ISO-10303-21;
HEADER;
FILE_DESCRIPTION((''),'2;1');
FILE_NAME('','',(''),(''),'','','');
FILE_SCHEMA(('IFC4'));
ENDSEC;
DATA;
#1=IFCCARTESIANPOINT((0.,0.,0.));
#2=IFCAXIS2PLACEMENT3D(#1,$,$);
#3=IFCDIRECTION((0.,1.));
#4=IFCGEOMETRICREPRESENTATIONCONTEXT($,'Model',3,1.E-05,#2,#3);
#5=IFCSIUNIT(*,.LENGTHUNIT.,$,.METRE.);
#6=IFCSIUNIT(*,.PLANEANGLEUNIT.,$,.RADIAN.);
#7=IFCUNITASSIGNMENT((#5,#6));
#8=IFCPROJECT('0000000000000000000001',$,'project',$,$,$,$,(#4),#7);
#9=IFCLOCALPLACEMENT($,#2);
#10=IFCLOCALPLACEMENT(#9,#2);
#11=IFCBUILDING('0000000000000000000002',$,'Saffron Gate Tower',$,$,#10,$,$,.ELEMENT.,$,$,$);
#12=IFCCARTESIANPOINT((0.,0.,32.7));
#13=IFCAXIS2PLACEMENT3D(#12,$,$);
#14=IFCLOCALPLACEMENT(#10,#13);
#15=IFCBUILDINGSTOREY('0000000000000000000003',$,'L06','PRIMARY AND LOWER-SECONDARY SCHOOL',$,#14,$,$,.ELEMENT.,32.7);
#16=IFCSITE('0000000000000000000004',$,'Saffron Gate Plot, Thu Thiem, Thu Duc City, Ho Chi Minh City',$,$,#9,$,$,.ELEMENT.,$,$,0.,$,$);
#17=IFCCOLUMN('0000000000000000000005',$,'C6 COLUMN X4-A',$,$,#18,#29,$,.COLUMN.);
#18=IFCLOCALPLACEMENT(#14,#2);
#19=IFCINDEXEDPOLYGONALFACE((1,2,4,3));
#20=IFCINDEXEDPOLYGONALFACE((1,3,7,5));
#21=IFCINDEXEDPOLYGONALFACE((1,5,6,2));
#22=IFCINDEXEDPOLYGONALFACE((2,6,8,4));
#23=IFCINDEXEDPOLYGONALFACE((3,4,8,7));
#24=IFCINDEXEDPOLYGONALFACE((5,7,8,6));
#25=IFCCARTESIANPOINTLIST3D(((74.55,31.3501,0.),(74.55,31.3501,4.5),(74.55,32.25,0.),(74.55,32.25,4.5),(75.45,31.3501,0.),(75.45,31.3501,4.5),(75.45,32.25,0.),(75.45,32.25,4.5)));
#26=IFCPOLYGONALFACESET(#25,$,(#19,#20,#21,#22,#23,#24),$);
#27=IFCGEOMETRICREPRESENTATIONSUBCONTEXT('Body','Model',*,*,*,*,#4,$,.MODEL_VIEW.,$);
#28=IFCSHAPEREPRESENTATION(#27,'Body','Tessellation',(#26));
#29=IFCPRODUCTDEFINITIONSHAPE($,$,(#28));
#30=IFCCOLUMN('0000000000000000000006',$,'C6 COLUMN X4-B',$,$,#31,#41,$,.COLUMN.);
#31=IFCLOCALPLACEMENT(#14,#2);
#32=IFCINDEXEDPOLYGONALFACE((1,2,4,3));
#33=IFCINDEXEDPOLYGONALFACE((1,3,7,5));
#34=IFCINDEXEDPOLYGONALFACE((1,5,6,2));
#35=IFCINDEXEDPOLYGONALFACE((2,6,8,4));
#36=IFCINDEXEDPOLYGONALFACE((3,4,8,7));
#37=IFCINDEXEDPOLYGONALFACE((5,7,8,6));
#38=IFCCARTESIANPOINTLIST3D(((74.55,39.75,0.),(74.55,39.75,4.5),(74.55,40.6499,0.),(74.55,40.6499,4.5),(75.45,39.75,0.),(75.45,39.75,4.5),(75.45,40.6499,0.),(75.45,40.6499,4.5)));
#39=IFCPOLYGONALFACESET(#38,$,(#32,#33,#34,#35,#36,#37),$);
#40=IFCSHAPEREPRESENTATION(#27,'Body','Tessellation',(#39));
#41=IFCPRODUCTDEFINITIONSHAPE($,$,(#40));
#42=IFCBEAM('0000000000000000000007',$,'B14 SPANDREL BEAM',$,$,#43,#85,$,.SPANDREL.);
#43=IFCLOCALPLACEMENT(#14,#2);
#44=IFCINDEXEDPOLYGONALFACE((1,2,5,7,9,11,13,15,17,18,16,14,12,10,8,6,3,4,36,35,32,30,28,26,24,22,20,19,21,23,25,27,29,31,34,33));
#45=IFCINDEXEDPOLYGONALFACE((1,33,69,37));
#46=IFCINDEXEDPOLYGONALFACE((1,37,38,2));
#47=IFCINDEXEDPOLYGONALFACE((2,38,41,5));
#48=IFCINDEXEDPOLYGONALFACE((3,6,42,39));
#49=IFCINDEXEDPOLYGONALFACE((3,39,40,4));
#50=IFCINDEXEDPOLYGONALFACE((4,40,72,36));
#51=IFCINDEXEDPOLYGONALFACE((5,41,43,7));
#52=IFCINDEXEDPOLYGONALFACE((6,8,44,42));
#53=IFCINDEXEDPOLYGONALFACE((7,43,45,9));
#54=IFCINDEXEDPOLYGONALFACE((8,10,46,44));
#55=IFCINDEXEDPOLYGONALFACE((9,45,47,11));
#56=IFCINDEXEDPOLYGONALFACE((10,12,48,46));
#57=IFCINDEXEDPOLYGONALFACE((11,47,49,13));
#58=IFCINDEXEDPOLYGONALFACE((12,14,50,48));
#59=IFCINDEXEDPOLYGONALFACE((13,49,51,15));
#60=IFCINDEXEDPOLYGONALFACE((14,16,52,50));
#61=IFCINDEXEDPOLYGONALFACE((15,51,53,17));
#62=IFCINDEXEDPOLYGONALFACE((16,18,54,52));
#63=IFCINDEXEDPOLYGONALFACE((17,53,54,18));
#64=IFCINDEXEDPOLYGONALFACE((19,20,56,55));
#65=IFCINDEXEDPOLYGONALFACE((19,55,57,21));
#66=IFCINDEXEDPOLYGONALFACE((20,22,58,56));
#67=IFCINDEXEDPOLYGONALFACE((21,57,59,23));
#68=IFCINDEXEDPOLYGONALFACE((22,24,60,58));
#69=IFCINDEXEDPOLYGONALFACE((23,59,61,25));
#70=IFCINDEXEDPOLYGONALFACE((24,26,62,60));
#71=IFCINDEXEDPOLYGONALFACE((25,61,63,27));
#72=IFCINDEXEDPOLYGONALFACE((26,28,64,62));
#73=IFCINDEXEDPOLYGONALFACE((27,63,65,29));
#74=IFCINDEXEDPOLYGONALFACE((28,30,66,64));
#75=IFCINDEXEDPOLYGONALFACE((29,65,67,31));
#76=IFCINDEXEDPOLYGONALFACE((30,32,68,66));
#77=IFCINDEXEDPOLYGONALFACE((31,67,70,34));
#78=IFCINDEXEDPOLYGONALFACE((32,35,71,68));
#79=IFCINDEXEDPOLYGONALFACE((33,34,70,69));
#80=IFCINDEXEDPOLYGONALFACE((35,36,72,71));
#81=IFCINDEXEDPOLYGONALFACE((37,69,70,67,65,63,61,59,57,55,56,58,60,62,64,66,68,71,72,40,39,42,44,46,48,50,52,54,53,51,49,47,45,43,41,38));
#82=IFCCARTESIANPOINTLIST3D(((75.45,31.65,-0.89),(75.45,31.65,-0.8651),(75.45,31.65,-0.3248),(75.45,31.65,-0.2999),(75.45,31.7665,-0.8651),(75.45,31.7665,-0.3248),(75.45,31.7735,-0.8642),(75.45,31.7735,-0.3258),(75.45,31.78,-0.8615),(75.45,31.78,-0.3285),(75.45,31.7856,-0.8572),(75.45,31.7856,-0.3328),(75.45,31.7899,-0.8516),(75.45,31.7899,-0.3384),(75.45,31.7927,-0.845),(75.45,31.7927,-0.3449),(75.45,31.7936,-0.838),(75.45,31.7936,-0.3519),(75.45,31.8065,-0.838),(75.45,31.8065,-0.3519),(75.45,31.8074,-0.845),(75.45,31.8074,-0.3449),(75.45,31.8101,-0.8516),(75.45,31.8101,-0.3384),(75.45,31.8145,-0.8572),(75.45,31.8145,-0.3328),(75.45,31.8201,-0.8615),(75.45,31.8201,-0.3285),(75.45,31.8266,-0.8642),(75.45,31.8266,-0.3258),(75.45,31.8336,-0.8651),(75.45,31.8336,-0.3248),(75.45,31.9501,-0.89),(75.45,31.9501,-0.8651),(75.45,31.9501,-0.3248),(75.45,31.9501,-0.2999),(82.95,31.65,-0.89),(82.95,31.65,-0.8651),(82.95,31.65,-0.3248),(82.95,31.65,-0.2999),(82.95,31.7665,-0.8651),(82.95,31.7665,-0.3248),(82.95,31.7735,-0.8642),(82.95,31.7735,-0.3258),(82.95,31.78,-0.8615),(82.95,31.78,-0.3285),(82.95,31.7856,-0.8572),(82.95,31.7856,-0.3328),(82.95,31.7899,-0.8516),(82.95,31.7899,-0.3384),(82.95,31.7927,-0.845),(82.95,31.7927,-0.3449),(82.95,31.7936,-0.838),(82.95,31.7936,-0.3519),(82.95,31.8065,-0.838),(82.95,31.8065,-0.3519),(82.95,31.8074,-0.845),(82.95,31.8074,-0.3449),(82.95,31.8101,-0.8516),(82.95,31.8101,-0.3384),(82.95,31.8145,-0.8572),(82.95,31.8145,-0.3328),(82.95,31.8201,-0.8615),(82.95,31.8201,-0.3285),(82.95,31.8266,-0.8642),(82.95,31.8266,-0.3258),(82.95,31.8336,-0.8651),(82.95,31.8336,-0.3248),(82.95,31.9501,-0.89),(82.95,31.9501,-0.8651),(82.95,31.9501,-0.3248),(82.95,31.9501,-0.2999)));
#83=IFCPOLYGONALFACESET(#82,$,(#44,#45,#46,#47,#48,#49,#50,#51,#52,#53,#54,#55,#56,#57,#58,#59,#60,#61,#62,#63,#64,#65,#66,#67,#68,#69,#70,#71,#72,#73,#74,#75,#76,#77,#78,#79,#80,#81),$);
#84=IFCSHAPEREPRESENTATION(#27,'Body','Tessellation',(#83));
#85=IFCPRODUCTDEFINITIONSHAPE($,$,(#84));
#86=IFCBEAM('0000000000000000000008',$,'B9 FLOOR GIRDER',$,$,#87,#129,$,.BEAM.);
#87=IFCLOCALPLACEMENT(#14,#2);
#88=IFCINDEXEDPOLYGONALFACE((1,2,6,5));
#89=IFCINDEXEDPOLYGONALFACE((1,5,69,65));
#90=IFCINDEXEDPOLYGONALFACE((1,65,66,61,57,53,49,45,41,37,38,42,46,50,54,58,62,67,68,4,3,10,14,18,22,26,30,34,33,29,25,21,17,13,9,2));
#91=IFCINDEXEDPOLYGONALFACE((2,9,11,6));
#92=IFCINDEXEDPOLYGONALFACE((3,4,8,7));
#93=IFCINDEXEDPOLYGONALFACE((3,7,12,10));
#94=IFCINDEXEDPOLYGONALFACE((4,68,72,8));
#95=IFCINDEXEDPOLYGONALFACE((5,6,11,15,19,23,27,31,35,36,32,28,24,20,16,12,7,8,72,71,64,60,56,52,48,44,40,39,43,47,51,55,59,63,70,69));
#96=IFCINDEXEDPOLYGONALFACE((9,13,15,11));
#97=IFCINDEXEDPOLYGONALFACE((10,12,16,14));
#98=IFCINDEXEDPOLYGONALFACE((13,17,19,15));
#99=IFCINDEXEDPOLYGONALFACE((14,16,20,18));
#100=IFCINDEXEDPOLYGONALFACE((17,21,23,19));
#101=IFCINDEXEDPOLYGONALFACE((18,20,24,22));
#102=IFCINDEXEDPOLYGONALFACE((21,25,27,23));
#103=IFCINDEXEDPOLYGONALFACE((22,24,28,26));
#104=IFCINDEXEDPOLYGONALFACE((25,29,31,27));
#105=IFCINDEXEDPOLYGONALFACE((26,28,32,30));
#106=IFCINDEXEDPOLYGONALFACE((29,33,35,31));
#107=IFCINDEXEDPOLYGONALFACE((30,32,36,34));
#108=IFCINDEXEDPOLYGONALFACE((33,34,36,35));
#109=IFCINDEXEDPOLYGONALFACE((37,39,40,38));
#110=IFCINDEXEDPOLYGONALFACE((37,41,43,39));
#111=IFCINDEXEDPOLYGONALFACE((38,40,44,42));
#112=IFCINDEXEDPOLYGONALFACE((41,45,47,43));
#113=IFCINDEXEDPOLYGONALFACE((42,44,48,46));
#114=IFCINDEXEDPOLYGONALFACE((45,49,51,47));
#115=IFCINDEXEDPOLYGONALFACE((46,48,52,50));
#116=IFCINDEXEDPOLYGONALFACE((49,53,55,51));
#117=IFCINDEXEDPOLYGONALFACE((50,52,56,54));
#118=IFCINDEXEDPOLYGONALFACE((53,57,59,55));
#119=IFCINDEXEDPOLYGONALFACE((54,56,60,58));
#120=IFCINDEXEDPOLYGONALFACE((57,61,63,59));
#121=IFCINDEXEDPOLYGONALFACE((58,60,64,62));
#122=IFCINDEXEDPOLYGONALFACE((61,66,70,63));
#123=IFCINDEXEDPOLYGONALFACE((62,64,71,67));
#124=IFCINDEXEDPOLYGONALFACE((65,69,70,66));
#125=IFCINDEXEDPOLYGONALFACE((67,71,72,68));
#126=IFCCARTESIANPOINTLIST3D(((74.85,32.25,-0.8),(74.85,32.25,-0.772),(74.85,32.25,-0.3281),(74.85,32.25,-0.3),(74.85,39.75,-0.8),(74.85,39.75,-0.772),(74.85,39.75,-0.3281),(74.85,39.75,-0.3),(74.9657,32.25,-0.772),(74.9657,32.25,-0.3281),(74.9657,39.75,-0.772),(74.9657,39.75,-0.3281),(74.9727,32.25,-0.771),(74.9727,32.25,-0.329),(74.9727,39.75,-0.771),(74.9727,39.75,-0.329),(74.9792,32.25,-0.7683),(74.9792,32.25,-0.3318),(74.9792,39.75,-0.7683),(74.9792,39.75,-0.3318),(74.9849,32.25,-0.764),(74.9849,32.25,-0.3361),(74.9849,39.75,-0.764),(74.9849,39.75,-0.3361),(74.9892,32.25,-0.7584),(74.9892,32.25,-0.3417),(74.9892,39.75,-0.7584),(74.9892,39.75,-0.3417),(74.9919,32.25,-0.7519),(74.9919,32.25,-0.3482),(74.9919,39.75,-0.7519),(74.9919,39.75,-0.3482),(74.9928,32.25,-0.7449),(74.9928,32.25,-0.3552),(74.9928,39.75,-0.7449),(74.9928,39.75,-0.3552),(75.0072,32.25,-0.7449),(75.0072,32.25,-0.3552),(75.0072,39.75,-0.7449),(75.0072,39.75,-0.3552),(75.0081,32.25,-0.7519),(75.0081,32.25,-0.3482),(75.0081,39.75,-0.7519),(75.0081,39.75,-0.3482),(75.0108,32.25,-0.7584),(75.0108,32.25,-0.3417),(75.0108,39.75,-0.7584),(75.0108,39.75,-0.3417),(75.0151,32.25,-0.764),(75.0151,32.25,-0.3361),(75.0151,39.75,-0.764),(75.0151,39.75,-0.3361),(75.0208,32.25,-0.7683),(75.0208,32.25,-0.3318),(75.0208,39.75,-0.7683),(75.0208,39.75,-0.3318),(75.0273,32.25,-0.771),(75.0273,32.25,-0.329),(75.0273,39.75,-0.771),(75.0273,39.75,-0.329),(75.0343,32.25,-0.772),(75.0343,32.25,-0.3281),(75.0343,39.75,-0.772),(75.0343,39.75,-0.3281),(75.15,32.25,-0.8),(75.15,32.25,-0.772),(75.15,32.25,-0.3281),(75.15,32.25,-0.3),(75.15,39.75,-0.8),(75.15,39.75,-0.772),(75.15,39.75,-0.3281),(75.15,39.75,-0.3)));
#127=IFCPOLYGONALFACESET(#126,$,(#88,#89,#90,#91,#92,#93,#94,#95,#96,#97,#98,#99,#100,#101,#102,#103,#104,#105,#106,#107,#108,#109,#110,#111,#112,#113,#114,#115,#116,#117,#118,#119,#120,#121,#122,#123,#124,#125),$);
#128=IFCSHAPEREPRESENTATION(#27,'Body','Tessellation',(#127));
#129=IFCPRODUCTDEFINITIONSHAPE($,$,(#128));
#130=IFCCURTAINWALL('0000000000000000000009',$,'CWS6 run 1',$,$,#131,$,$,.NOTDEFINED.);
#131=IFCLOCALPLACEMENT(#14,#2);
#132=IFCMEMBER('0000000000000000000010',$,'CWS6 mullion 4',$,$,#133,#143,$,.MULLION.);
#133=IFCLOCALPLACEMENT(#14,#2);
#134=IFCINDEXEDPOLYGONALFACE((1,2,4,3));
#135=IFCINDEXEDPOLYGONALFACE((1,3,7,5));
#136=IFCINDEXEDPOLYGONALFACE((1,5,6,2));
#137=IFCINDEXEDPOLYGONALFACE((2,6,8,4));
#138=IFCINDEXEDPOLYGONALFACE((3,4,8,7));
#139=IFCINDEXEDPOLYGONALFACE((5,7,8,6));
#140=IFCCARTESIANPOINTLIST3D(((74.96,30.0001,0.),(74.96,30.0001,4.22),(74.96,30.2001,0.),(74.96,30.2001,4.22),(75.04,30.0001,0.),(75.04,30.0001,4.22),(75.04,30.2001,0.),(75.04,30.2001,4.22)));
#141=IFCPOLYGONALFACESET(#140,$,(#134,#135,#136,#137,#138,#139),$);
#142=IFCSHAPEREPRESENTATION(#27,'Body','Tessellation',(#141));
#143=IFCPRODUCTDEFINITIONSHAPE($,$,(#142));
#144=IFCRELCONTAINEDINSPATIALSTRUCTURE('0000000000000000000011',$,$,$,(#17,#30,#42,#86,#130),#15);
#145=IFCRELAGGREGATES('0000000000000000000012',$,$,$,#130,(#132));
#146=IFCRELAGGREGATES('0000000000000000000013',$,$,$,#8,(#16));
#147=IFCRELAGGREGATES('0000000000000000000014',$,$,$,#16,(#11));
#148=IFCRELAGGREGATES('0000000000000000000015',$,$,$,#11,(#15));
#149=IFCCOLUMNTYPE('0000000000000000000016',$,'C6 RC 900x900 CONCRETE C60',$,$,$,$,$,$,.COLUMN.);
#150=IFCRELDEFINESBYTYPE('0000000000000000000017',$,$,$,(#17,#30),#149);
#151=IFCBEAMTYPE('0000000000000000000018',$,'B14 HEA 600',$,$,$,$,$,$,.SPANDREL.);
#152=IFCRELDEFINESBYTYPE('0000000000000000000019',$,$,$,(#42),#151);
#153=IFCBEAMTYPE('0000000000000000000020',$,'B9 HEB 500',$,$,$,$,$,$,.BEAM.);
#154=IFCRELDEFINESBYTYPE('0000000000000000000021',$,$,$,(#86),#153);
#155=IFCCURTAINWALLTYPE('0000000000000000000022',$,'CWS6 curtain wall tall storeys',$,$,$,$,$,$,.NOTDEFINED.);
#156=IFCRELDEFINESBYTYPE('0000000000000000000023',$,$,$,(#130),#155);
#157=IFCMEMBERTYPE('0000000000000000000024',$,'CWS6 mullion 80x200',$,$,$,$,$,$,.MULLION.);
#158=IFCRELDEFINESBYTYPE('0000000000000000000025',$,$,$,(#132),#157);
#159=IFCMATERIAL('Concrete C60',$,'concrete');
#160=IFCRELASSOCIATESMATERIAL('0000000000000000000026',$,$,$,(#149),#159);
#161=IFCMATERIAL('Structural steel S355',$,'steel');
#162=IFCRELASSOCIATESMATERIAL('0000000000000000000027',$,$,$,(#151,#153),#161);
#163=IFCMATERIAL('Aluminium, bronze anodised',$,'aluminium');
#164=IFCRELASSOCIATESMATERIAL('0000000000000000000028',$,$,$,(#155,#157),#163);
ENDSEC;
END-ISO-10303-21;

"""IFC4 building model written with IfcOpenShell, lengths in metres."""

from ifc_helpers import new_model, si_unit, direction, frame, origin, origin_2d, place, context, subcontext, project, spatial, rectangle, i_section, extrude, material, material_profile, profile_set, type_object, element, aggregate, save


model = new_model("IFC4")

# Units and contexts
model_context = context("Model", 3, precision=1e-05, world=origin(), true_north=direction((0.0, 1.0)))
body_context = subcontext(model_context, "Body", "Model", "MODEL_VIEW")
ifc_project = project(units=[si_unit("LENGTHUNIT", "METRE"), si_unit("PLANEANGLEUNIT", "RADIAN")], contexts=[model_context])

# Site, building, storey
site_placement = place(None, origin())
site = spatial("IfcSite", under=ifc_project, at=site_placement, Name="Saffron Gate Plot, Thu Thiem, Thu Duc City, Ho Chi Minh City", CompositionType="ELEMENT", RefElevation=0.0)
building_placement = place(site_placement, origin())
building = spatial("IfcBuilding", under=site, at=building_placement, Name="Saffron Gate Tower", CompositionType="ELEMENT")
storey_placement = place(building_placement, frame((0.0, 0.0, 32.7)))
storey = spatial("IfcBuildingStorey", under=building, at=storey_placement, Name="L06", Description="PRIMARY AND LOWER-SECONDARY SCHOOL", CompositionType="ELEMENT", Elevation=32.7)

# Columns
ifc_material_1 = material(Name="Concrete C60", Category="concrete")
ifc_material_profile_1 = material_profile(ifc_material_1, rectangle(XDim=0.8999, YDim=0.8999, at=origin_2d()))
ifc_profile_set_1 = profile_set([ifc_material_profile_1], Name="Concrete C60")
column_type = type_object("IfcColumnType", Name="C6 RC 900x900 CONCRETE C60", PredefinedType="COLUMN", material=ifc_profile_set_1)
for number, where, z_axis, x_axis, name in (
    (1, (75.0, 31.8, 0.0), (0.0, 0.0, 1.0), (1.0, 0.0, 0.0), "C6 COLUMN X4-A"),
    (2, (75.0, 40.2, 0.0), (0.0, 0.0, 1.0), (1.0, 0.0, 0.0), "C6 COLUMN X4-B"),
):
    element("IfcColumn", number, at=place(storey_placement, frame(where, z_axis=z_axis, x_axis=x_axis)), inside=storey, type_object=column_type, Name=name, PredefinedType="COLUMN", context=body_context, shape_type="SweptSolid", body=[
        extrude(rectangle(XDim=0.8999, YDim=0.8999, at=origin_2d()), origin(), (0.0, 0.0, 1.0), 4.5),
    ])

# Beams
ifc_material_2 = material(Name="Structural steel S355", Category="steel")
ifc_material_profile_2 = material_profile(ifc_material_2, i_section(OverallWidth=0.3, OverallDepth=0.5901, WebThickness=0.0129, FlangeThickness=0.0249, FilletRadius=0.0271, at=origin_2d()))
ifc_profile_set_2 = profile_set([ifc_material_profile_2], Name="Structural steel S355")
beam_type_1 = type_object("IfcBeamType", Name="B14 HEA 600", PredefinedType="SPANDREL", material=ifc_profile_set_2)
beam_1_placement = place(storey_placement, frame((75.45, 31.8, -0.595), z_axis=(1.0, 0.0, 0.0), x_axis=(0.0, 1.0, 0.0)))
element("IfcBeam", 3, at=beam_1_placement, inside=storey, type_object=beam_type_1, Name="B14 SPANDREL BEAM", PredefinedType="SPANDREL", context=body_context, shape_type="SweptSolid", body=[
    extrude(i_section(OverallWidth=0.3, OverallDepth=0.5901, WebThickness=0.0129, FlangeThickness=0.0249, FilletRadius=0.0271, at=origin_2d()), origin(), (0.0, 0.0, 1.0), 7.5),
])
ifc_material_profile_3 = material_profile(ifc_material_2, i_section(OverallWidth=0.3, OverallDepth=0.5, WebThickness=0.0144, FlangeThickness=0.0281, FilletRadius=0.0271, at=origin_2d()))
ifc_profile_set_3 = profile_set([ifc_material_profile_3], Name="Structural steel S355")
beam_type_2 = type_object("IfcBeamType", Name="B9 HEB 500", PredefinedType="BEAM", material=ifc_profile_set_3)
beam_2_placement = place(storey_placement, frame((75.0, 32.25, -0.55), z_axis=(0.0, 1.0, 0.0), x_axis=(-1.0, 0.0, 0.0)))
element("IfcBeam", 4, at=beam_2_placement, inside=storey, type_object=beam_type_2, Name="B9 FLOOR GIRDER", PredefinedType="BEAM", context=body_context, shape_type="SweptSolid", body=[
    extrude(i_section(OverallWidth=0.3, OverallDepth=0.5, WebThickness=0.0144, FlangeThickness=0.0281, FilletRadius=0.0271, at=origin_2d()), origin(), (0.0, 0.0, 1.0), 7.5),
])

# Curtain wall, member
ifc_material_3 = material(Name="Aluminium, bronze anodised", Category="aluminium")
curtain_wall_type = type_object("IfcCurtainWallType", Name="CWS6 curtain wall tall storeys", PredefinedType="NOTDEFINED", material=ifc_material_3)
curtain_wall_placement = place(storey_placement, origin())
curtain_wall = element("IfcCurtainWall", 5, at=curtain_wall_placement, inside=storey, type_object=curtain_wall_type, Name="CWS6 run 1", PredefinedType="NOTDEFINED")
ifc_material_profile_4 = material_profile(ifc_material_3, rectangle(XDim=0.2, YDim=0.0801, at=origin_2d()))
ifc_profile_set_4 = profile_set([ifc_material_profile_4], Name="Aluminium, bronze anodised")
member_type = type_object("IfcMemberType", Name="CWS6 mullion 80x200", PredefinedType="MULLION", material=ifc_profile_set_4)
member_placement = place(storey_placement, frame((75.0, 30.1001, 0.0), z_axis=(0.0, 0.0, 1.0), x_axis=(0.0, 1.0, 0.0)))
member = element("IfcMember", 6, at=member_placement, type_object=member_type, Name="CWS6 mullion 4", PredefinedType="MULLION", context=body_context, shape_type="SweptSolid", body=[
    extrude(rectangle(XDim=0.2, YDim=0.0801, at=origin_2d()), origin(), (0.0, 0.0, 1.0), 4.22),
])
aggregate(curtain_wall, [member])

save(model, "model.ifc")
